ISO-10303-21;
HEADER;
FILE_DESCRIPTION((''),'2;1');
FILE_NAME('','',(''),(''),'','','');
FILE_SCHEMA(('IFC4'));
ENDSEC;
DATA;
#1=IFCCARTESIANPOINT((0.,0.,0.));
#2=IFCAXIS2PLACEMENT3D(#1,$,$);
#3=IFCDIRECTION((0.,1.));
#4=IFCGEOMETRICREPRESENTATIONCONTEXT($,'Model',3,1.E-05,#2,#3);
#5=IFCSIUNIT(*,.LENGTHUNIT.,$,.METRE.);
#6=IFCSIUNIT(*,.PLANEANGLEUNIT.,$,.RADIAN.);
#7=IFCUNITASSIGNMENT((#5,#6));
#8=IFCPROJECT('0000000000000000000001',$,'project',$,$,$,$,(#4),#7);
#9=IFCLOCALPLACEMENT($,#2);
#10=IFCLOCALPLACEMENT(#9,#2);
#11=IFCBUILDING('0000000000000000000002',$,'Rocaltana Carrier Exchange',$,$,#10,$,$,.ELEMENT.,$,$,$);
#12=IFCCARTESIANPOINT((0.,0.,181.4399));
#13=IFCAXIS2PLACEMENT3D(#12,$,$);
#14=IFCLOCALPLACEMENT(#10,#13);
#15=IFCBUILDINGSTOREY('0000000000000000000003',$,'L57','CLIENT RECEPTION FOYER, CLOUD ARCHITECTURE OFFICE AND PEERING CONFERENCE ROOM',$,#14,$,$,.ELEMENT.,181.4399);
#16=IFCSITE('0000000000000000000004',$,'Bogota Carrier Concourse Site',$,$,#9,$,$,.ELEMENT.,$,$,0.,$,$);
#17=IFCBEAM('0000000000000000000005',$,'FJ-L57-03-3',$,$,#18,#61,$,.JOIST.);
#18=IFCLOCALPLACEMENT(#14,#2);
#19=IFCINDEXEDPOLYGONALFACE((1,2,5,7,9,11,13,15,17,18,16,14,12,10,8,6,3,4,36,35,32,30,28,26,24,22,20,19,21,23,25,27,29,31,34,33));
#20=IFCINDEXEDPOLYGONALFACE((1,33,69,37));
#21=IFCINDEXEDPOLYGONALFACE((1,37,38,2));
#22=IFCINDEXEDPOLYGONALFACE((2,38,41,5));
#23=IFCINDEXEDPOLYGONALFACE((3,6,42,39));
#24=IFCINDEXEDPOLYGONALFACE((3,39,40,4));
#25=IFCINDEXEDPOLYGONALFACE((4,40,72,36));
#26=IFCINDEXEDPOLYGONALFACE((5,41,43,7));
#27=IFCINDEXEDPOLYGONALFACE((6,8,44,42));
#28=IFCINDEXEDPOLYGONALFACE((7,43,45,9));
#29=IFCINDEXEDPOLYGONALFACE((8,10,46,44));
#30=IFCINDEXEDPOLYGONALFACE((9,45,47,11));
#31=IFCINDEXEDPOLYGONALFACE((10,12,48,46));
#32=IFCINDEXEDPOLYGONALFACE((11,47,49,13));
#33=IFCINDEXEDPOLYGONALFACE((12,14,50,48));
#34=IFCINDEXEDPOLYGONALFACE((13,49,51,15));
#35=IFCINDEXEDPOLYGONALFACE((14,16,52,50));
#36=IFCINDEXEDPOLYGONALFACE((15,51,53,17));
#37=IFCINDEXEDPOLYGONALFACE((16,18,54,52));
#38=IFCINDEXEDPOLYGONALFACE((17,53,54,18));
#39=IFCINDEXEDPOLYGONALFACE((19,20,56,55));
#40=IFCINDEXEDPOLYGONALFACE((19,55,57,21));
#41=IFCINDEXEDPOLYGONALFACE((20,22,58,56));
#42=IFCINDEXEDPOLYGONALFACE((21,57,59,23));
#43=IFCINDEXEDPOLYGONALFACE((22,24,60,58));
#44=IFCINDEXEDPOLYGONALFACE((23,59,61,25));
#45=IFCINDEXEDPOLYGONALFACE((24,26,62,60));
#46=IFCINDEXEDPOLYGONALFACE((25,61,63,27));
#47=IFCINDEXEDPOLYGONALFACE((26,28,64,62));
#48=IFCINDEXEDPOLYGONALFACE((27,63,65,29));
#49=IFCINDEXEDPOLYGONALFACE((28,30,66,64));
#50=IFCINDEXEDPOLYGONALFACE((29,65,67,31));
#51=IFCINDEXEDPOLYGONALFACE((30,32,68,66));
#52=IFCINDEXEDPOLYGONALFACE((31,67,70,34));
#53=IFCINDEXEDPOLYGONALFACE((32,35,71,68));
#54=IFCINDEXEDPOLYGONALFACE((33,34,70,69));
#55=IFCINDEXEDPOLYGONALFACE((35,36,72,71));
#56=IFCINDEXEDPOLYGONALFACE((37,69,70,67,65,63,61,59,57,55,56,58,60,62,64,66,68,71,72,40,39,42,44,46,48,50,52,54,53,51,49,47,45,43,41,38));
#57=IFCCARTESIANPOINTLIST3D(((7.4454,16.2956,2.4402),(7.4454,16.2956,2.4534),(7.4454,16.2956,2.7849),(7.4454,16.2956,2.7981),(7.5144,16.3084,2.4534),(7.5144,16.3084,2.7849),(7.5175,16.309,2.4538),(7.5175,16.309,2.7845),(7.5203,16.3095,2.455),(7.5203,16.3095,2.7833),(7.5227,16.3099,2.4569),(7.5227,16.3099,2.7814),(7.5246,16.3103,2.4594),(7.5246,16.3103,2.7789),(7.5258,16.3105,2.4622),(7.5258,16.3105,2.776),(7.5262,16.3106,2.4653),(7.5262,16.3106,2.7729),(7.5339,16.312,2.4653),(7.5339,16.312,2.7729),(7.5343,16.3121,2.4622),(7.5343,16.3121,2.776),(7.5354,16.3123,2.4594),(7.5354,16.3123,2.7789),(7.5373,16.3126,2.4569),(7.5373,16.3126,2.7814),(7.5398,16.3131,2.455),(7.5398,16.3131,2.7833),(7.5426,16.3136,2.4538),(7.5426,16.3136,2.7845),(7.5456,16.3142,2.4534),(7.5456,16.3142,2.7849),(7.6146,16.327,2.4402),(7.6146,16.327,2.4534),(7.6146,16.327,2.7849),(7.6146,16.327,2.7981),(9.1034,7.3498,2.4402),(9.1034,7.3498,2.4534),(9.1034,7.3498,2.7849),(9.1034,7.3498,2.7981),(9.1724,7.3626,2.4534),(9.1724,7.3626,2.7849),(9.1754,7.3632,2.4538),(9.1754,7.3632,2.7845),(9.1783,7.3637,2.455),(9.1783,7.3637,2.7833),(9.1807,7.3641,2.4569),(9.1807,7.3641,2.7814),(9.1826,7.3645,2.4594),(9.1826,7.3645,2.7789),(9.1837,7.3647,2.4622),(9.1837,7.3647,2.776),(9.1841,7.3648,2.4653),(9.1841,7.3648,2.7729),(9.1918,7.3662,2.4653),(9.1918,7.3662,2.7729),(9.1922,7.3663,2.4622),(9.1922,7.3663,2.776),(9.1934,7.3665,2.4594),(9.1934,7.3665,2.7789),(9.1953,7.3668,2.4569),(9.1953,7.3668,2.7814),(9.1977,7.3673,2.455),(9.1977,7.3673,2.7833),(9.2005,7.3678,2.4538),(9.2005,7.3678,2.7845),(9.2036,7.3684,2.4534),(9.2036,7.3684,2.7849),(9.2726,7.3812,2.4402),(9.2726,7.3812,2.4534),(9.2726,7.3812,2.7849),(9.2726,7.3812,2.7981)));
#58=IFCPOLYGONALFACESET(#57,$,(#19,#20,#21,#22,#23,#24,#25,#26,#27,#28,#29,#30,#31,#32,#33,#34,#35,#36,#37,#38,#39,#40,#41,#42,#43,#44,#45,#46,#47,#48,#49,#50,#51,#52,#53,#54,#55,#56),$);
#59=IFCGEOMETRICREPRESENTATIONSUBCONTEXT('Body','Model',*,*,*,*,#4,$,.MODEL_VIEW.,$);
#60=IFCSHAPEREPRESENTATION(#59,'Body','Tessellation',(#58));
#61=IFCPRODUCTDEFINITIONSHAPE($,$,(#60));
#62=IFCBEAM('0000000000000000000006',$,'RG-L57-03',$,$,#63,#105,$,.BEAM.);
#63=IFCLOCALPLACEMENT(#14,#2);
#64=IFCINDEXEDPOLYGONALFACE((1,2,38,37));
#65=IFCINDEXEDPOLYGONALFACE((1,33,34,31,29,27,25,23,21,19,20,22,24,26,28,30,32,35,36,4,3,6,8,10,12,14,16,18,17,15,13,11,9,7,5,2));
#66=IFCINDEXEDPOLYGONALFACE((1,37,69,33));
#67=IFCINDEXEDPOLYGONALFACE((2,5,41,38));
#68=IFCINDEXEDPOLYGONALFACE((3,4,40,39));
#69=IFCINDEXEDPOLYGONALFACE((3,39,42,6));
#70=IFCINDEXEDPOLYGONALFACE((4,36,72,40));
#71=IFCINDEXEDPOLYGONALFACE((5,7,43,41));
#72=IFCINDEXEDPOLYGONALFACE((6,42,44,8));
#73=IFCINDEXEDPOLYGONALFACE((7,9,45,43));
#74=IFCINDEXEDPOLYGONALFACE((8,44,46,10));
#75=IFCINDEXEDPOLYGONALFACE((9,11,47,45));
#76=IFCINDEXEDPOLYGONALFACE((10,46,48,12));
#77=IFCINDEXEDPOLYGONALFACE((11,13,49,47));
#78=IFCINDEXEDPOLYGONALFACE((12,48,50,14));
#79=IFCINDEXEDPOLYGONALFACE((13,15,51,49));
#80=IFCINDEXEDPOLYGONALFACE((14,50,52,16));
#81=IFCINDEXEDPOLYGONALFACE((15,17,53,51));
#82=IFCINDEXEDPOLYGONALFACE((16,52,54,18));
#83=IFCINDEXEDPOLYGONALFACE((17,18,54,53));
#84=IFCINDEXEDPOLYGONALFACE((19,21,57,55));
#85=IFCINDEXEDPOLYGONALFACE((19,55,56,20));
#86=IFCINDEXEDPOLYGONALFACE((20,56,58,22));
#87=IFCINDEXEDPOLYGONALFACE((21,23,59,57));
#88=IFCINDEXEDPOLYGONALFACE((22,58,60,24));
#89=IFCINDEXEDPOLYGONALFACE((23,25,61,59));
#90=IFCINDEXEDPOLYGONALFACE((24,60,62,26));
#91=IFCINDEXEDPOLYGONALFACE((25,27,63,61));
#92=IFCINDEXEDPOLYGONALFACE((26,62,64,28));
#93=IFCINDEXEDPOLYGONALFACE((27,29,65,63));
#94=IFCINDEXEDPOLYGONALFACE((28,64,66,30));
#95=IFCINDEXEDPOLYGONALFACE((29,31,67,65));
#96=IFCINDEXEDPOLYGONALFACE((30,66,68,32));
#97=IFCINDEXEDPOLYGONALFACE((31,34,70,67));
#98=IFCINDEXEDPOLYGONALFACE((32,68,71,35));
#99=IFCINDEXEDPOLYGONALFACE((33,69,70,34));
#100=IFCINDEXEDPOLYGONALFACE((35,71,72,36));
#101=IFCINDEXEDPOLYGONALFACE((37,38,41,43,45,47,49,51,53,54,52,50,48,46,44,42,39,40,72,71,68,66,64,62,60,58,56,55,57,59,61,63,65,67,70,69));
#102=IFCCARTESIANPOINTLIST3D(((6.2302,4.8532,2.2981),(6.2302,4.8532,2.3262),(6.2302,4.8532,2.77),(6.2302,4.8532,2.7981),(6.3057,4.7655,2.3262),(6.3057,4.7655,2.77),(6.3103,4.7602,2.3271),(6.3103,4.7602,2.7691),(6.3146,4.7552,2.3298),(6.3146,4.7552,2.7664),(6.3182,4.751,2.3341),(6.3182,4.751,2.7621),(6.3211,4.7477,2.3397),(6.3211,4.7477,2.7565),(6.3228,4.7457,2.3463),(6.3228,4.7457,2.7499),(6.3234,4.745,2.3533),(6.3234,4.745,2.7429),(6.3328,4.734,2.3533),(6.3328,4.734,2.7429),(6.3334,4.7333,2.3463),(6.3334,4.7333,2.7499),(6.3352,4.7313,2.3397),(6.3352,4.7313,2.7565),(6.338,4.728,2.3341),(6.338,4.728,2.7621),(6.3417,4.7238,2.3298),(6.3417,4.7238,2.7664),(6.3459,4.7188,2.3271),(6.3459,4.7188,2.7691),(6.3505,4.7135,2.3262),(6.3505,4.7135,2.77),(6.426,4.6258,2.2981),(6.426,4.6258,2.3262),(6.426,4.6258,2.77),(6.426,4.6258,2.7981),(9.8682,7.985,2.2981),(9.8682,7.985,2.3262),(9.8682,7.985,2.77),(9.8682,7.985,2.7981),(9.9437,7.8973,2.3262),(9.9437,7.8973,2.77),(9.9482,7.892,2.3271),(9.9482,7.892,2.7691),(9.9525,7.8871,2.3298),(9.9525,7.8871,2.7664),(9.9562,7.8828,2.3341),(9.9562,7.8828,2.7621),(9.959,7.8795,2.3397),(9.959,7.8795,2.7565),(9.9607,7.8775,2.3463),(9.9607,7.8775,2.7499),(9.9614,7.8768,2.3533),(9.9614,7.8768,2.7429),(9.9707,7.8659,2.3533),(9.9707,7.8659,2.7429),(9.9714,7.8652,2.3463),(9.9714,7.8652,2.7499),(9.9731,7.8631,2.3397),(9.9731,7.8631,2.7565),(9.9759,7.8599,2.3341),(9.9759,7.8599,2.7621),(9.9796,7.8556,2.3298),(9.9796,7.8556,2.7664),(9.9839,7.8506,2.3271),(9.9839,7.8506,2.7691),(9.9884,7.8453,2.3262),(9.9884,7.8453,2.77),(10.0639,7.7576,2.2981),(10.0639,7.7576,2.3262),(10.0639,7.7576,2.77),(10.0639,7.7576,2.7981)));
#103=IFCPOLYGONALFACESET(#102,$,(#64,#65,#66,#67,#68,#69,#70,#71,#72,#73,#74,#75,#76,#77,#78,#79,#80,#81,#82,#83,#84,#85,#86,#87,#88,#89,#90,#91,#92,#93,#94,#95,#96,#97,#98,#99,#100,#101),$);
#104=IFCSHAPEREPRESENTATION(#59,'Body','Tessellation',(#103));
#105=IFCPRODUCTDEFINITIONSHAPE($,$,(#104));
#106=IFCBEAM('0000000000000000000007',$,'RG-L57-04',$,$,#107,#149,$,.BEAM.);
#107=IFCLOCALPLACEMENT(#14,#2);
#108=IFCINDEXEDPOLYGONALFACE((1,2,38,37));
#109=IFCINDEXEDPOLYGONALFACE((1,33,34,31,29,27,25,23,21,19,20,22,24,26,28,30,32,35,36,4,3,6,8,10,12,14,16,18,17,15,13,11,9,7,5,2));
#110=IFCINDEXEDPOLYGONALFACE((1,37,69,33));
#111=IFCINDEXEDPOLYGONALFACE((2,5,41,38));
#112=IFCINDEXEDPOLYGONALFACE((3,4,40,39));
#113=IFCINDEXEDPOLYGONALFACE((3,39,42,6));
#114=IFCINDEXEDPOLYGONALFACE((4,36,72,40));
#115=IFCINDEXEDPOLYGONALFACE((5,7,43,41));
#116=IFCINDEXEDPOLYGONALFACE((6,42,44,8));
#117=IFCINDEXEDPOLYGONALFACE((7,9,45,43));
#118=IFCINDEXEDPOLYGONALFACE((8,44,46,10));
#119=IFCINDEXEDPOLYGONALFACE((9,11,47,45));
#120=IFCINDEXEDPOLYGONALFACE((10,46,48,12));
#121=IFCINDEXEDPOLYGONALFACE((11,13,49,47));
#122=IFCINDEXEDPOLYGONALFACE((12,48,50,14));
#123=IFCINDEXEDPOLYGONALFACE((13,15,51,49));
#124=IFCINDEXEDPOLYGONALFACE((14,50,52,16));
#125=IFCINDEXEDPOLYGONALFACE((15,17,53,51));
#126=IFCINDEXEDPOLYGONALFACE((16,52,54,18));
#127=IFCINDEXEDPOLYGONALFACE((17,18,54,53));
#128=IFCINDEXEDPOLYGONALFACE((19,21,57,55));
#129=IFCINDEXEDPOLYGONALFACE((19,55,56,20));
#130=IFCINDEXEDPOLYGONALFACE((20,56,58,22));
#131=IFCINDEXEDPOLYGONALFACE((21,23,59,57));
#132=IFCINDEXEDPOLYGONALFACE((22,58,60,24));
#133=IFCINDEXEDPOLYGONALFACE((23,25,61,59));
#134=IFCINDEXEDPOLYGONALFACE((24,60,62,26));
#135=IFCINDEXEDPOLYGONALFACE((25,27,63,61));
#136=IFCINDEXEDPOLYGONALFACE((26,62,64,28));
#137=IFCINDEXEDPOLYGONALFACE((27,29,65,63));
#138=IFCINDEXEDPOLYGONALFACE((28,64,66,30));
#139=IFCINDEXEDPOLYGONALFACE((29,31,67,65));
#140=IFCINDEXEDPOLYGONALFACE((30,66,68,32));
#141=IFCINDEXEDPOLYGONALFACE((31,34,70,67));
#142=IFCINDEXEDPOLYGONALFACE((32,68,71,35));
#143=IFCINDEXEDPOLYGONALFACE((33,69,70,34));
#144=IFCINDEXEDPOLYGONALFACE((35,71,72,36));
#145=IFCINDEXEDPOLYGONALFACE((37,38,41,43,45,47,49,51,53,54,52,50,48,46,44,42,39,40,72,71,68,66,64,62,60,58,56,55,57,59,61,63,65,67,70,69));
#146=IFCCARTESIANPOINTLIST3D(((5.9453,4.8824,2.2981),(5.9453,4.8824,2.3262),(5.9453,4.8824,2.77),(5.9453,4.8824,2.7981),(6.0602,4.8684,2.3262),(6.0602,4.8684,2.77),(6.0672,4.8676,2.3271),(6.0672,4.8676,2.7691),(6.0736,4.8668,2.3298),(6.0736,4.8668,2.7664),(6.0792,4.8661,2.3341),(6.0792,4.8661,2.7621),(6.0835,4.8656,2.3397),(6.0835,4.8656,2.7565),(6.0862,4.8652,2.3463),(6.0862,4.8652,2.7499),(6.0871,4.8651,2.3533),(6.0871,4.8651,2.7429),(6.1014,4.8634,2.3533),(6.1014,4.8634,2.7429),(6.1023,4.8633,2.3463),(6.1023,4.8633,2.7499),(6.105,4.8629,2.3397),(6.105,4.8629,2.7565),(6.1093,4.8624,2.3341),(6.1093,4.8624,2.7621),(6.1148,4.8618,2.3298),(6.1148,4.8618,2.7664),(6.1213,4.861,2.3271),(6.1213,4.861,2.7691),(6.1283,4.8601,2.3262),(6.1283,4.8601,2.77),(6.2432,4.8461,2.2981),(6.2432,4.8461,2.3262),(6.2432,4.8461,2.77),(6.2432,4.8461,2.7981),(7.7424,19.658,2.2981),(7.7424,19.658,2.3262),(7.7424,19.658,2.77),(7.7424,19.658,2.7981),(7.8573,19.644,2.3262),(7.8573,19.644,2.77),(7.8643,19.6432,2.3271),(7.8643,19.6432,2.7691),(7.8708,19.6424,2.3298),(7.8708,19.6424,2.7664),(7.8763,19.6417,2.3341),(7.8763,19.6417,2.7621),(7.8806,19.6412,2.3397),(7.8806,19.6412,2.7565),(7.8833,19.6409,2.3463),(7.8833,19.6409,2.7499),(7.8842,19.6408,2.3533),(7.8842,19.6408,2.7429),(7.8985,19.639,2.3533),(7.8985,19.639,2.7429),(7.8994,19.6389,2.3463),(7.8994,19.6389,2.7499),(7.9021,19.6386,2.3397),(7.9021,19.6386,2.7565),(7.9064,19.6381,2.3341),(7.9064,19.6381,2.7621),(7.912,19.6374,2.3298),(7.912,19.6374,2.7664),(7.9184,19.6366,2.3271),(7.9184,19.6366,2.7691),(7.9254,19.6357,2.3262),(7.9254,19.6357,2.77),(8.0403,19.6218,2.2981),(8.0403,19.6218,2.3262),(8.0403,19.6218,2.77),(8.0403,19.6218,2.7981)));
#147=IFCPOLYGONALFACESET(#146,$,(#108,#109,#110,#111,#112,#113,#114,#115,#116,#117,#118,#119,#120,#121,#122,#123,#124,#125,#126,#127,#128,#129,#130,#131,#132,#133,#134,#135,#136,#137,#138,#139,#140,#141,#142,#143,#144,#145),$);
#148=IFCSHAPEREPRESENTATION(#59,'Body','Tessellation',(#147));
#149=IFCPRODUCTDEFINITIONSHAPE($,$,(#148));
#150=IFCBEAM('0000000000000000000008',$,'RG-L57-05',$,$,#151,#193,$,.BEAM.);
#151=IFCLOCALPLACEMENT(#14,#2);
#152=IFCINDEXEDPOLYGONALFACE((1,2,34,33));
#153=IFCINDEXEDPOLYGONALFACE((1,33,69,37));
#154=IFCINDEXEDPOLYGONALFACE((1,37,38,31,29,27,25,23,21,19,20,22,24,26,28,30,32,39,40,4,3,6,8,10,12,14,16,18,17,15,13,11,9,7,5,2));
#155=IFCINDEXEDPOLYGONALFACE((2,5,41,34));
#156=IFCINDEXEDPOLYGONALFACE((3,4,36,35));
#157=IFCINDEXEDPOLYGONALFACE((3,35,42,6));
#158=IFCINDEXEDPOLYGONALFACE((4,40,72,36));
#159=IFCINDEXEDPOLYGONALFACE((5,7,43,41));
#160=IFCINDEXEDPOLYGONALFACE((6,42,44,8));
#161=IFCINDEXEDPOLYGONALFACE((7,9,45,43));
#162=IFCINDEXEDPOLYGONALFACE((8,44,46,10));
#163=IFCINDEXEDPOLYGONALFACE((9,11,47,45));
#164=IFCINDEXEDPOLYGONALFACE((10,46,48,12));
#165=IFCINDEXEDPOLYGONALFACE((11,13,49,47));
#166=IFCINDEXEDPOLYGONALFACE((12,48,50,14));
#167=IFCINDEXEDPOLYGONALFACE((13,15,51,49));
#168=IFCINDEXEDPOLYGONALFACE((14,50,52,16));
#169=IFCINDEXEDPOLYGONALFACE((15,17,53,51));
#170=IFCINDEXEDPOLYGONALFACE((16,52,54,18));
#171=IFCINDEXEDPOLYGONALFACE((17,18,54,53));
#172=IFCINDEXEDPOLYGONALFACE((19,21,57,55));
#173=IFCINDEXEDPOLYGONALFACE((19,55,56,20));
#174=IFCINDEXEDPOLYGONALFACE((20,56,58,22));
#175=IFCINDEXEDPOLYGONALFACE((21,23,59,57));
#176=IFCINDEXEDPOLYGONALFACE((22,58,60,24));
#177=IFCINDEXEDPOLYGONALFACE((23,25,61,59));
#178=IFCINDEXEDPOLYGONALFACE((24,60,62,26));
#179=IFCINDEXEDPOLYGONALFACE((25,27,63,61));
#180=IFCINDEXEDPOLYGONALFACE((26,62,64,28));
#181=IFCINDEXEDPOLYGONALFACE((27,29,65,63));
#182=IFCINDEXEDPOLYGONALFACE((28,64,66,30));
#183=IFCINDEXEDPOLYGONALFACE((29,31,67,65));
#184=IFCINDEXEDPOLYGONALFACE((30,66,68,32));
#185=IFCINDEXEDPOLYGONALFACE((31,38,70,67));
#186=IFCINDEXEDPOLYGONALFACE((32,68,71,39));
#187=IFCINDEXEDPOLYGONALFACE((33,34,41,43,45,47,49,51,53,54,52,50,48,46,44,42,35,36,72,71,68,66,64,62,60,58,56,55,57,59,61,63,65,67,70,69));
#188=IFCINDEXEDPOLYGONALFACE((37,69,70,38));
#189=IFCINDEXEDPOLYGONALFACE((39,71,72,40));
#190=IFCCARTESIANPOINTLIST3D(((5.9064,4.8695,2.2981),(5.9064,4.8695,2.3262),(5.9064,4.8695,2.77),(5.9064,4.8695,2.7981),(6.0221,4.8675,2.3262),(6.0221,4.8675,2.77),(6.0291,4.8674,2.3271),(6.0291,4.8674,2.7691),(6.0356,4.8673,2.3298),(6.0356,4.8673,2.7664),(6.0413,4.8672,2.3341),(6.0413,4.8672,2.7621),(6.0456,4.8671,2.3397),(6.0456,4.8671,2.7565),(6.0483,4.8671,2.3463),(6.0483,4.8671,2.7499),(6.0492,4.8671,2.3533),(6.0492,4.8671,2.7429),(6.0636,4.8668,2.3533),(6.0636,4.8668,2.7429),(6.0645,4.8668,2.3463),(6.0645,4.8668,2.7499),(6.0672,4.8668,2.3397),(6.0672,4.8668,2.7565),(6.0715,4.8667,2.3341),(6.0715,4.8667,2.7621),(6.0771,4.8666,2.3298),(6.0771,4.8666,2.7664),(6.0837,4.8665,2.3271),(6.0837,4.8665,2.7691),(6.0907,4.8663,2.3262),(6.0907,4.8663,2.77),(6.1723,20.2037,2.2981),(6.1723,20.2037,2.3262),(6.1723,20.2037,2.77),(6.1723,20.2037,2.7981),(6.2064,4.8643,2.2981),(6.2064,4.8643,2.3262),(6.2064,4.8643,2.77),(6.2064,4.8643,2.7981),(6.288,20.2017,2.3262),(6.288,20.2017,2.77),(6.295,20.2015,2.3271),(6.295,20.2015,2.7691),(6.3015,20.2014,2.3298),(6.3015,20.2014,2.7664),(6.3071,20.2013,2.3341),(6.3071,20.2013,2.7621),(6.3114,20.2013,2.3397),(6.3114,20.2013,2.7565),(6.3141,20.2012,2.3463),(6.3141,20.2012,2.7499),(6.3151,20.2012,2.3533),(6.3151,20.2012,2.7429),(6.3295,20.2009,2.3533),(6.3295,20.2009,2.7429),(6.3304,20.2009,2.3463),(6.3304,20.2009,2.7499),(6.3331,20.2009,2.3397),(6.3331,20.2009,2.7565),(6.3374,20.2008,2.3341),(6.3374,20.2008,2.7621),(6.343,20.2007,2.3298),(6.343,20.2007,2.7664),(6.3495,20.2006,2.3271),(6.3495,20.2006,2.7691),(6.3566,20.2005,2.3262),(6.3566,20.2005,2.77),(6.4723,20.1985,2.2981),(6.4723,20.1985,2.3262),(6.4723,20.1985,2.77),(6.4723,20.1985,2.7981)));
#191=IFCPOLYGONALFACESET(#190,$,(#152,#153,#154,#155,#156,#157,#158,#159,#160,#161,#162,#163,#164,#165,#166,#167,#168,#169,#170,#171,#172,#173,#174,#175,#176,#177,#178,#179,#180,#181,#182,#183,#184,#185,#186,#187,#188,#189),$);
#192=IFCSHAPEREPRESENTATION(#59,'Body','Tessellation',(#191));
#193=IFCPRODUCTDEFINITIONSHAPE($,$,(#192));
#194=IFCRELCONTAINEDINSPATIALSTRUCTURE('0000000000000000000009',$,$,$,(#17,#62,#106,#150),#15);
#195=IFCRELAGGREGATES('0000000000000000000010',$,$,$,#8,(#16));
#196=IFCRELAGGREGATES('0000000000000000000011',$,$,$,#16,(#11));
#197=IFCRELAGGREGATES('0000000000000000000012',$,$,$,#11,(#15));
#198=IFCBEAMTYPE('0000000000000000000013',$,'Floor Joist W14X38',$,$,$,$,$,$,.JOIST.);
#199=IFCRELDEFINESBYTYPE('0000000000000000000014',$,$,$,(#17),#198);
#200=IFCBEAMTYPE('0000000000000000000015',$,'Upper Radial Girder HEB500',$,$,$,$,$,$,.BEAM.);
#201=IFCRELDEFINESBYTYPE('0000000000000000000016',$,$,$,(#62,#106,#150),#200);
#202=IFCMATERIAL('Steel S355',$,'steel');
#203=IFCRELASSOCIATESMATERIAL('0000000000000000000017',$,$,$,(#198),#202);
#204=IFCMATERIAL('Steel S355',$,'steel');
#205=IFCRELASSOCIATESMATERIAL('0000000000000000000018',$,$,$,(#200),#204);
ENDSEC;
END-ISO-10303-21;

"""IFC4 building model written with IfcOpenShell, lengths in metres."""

from ifc_helpers import new_model, si_unit, direction, frame, origin, origin_2d, place, context, subcontext, project, spatial, i_section, extrude, material, material_profile, profile_set, type_object, element, save


model = new_model("IFC4")

# Units and contexts
model_context = context("Model", 3, precision=1e-05, world=origin(), true_north=direction((0.0, 1.0)))
body_context = subcontext(model_context, "Body", "Model", "MODEL_VIEW")
ifc_project = project(units=[si_unit("LENGTHUNIT", "METRE"), si_unit("PLANEANGLEUNIT", "RADIAN")], contexts=[model_context])

# Site, building, storey
site_placement = place(None, origin())
site = spatial("IfcSite", under=ifc_project, at=site_placement, Name="Bogota Carrier Concourse Site", CompositionType="ELEMENT", RefElevation=0.0)
building_placement = place(site_placement, origin())
building = spatial("IfcBuilding", under=site, at=building_placement, Name="Rocaltana Carrier Exchange", CompositionType="ELEMENT")
storey_placement = place(building_placement, frame((0.0, 0.0, 181.4399)))
storey = spatial("IfcBuildingStorey", under=building, at=storey_placement, Name="L57", Description="CLIENT RECEPTION FOYER, CLOUD ARCHITECTURE OFFICE AND PEERING CONFERENCE ROOM", CompositionType="ELEMENT", Elevation=181.4399)

# Beams
ifc_material_1 = material(Name="Steel S355", Category="steel")
ifc_material_profile_1 = material_profile(ifc_material_1, i_section(OverallWidth=0.1721, OverallDepth=0.3579, WebThickness=0.0078, FlangeThickness=0.0132, FilletRadius=0.012, at=origin_2d()), Name="W14X38")
ifc_profile_set_1 = profile_set([ifc_material_profile_1], Name="Steel S355")
beam_type_1 = type_object("IfcBeamType", Name="Floor Joist W14X38", PredefinedType="JOIST", material=ifc_profile_set_1)
beam_1_placement = place(storey_placement, frame((9.188, 7.3655, 2.6191), z_axis=(-0.182231, 0.983256, 0.0), x_axis=(-0.983256, -0.182231, 0.0)))
element("IfcBeam", 1, at=beam_1_placement, inside=storey, type_object=beam_type_1, Name="FJ-L57-03-3", PredefinedType="JOIST", context=body_context, shape_type="SweptSolid", body=[
    extrude(i_section(OverallWidth=0.1721, OverallDepth=0.3579, WebThickness=0.0078, FlangeThickness=0.0132, FilletRadius=0.012, at=origin_2d()), origin(), (0.0, 0.0, 1.0), 9.0981),
])
ifc_material_2 = material(Name="Steel S355", Category="steel")
ifc_material_profile_2 = material_profile(ifc_material_2, i_section(OverallWidth=0.3, OverallDepth=0.5, WebThickness=0.0144, FlangeThickness=0.0281, FilletRadius=0.0271, at=origin_2d()), Name="HEB500")
ifc_profile_set_2 = profile_set([ifc_material_profile_2], Name="Steel S355")
beam_type_2 = type_object("IfcBeamType", Name="Upper Radial Girder HEB500", PredefinedType="BEAM", material=ifc_profile_set_2)
beam_2_placement = place(storey_placement, frame((6.3281, 4.7395, 2.5481), z_axis=(0.757855, 0.652423, 0.0), x_axis=(-0.652423, 0.757855, 0.0)))
element("IfcBeam", 2, at=beam_2_placement, inside=storey, type_object=beam_type_2, Name="RG-L57-03", PredefinedType="BEAM", context=body_context, shape_type="SweptSolid", body=[
    extrude(i_section(OverallWidth=0.3, OverallDepth=0.5, WebThickness=0.0144, FlangeThickness=0.0281, FilletRadius=0.0271, at=origin_2d()), origin(), (0.0, 0.0, 1.0), 4.8003),
])
beam_3_placement = place(storey_placement, frame((6.0942, 4.8643, 2.5481), z_axis=(0.120737, 0.992684, 0.0), x_axis=(-0.992684, 0.120737, 0.0)))
element("IfcBeam", 3, at=beam_3_placement, inside=storey, type_object=beam_type_2, Name="RG-L57-04", PredefinedType="BEAM", context=body_context, shape_type="SweptSolid", body=[
    extrude(i_section(OverallWidth=0.3, OverallDepth=0.5, WebThickness=0.0144, FlangeThickness=0.0281, FilletRadius=0.0271, at=origin_2d()), origin(), (0.0, 0.0, 1.0), 14.8845),
])
beam_4_placement = place(storey_placement, frame((6.0564, 4.8669, 2.5481), z_axis=(0.017336, 0.99985, 0.0), x_axis=(-0.99985, 0.017336, 0.0)))
element("IfcBeam", 4, at=beam_4_placement, inside=storey, type_object=beam_type_2, Name="RG-L57-05", PredefinedType="BEAM", context=body_context, shape_type="SweptSolid", body=[
    extrude(i_section(OverallWidth=0.3, OverallDepth=0.5, WebThickness=0.0144, FlangeThickness=0.0281, FilletRadius=0.0271, at=origin_2d()), origin(), (0.0, 0.0, 1.0), 15.3364),
])

save(model, "model.ifc")
